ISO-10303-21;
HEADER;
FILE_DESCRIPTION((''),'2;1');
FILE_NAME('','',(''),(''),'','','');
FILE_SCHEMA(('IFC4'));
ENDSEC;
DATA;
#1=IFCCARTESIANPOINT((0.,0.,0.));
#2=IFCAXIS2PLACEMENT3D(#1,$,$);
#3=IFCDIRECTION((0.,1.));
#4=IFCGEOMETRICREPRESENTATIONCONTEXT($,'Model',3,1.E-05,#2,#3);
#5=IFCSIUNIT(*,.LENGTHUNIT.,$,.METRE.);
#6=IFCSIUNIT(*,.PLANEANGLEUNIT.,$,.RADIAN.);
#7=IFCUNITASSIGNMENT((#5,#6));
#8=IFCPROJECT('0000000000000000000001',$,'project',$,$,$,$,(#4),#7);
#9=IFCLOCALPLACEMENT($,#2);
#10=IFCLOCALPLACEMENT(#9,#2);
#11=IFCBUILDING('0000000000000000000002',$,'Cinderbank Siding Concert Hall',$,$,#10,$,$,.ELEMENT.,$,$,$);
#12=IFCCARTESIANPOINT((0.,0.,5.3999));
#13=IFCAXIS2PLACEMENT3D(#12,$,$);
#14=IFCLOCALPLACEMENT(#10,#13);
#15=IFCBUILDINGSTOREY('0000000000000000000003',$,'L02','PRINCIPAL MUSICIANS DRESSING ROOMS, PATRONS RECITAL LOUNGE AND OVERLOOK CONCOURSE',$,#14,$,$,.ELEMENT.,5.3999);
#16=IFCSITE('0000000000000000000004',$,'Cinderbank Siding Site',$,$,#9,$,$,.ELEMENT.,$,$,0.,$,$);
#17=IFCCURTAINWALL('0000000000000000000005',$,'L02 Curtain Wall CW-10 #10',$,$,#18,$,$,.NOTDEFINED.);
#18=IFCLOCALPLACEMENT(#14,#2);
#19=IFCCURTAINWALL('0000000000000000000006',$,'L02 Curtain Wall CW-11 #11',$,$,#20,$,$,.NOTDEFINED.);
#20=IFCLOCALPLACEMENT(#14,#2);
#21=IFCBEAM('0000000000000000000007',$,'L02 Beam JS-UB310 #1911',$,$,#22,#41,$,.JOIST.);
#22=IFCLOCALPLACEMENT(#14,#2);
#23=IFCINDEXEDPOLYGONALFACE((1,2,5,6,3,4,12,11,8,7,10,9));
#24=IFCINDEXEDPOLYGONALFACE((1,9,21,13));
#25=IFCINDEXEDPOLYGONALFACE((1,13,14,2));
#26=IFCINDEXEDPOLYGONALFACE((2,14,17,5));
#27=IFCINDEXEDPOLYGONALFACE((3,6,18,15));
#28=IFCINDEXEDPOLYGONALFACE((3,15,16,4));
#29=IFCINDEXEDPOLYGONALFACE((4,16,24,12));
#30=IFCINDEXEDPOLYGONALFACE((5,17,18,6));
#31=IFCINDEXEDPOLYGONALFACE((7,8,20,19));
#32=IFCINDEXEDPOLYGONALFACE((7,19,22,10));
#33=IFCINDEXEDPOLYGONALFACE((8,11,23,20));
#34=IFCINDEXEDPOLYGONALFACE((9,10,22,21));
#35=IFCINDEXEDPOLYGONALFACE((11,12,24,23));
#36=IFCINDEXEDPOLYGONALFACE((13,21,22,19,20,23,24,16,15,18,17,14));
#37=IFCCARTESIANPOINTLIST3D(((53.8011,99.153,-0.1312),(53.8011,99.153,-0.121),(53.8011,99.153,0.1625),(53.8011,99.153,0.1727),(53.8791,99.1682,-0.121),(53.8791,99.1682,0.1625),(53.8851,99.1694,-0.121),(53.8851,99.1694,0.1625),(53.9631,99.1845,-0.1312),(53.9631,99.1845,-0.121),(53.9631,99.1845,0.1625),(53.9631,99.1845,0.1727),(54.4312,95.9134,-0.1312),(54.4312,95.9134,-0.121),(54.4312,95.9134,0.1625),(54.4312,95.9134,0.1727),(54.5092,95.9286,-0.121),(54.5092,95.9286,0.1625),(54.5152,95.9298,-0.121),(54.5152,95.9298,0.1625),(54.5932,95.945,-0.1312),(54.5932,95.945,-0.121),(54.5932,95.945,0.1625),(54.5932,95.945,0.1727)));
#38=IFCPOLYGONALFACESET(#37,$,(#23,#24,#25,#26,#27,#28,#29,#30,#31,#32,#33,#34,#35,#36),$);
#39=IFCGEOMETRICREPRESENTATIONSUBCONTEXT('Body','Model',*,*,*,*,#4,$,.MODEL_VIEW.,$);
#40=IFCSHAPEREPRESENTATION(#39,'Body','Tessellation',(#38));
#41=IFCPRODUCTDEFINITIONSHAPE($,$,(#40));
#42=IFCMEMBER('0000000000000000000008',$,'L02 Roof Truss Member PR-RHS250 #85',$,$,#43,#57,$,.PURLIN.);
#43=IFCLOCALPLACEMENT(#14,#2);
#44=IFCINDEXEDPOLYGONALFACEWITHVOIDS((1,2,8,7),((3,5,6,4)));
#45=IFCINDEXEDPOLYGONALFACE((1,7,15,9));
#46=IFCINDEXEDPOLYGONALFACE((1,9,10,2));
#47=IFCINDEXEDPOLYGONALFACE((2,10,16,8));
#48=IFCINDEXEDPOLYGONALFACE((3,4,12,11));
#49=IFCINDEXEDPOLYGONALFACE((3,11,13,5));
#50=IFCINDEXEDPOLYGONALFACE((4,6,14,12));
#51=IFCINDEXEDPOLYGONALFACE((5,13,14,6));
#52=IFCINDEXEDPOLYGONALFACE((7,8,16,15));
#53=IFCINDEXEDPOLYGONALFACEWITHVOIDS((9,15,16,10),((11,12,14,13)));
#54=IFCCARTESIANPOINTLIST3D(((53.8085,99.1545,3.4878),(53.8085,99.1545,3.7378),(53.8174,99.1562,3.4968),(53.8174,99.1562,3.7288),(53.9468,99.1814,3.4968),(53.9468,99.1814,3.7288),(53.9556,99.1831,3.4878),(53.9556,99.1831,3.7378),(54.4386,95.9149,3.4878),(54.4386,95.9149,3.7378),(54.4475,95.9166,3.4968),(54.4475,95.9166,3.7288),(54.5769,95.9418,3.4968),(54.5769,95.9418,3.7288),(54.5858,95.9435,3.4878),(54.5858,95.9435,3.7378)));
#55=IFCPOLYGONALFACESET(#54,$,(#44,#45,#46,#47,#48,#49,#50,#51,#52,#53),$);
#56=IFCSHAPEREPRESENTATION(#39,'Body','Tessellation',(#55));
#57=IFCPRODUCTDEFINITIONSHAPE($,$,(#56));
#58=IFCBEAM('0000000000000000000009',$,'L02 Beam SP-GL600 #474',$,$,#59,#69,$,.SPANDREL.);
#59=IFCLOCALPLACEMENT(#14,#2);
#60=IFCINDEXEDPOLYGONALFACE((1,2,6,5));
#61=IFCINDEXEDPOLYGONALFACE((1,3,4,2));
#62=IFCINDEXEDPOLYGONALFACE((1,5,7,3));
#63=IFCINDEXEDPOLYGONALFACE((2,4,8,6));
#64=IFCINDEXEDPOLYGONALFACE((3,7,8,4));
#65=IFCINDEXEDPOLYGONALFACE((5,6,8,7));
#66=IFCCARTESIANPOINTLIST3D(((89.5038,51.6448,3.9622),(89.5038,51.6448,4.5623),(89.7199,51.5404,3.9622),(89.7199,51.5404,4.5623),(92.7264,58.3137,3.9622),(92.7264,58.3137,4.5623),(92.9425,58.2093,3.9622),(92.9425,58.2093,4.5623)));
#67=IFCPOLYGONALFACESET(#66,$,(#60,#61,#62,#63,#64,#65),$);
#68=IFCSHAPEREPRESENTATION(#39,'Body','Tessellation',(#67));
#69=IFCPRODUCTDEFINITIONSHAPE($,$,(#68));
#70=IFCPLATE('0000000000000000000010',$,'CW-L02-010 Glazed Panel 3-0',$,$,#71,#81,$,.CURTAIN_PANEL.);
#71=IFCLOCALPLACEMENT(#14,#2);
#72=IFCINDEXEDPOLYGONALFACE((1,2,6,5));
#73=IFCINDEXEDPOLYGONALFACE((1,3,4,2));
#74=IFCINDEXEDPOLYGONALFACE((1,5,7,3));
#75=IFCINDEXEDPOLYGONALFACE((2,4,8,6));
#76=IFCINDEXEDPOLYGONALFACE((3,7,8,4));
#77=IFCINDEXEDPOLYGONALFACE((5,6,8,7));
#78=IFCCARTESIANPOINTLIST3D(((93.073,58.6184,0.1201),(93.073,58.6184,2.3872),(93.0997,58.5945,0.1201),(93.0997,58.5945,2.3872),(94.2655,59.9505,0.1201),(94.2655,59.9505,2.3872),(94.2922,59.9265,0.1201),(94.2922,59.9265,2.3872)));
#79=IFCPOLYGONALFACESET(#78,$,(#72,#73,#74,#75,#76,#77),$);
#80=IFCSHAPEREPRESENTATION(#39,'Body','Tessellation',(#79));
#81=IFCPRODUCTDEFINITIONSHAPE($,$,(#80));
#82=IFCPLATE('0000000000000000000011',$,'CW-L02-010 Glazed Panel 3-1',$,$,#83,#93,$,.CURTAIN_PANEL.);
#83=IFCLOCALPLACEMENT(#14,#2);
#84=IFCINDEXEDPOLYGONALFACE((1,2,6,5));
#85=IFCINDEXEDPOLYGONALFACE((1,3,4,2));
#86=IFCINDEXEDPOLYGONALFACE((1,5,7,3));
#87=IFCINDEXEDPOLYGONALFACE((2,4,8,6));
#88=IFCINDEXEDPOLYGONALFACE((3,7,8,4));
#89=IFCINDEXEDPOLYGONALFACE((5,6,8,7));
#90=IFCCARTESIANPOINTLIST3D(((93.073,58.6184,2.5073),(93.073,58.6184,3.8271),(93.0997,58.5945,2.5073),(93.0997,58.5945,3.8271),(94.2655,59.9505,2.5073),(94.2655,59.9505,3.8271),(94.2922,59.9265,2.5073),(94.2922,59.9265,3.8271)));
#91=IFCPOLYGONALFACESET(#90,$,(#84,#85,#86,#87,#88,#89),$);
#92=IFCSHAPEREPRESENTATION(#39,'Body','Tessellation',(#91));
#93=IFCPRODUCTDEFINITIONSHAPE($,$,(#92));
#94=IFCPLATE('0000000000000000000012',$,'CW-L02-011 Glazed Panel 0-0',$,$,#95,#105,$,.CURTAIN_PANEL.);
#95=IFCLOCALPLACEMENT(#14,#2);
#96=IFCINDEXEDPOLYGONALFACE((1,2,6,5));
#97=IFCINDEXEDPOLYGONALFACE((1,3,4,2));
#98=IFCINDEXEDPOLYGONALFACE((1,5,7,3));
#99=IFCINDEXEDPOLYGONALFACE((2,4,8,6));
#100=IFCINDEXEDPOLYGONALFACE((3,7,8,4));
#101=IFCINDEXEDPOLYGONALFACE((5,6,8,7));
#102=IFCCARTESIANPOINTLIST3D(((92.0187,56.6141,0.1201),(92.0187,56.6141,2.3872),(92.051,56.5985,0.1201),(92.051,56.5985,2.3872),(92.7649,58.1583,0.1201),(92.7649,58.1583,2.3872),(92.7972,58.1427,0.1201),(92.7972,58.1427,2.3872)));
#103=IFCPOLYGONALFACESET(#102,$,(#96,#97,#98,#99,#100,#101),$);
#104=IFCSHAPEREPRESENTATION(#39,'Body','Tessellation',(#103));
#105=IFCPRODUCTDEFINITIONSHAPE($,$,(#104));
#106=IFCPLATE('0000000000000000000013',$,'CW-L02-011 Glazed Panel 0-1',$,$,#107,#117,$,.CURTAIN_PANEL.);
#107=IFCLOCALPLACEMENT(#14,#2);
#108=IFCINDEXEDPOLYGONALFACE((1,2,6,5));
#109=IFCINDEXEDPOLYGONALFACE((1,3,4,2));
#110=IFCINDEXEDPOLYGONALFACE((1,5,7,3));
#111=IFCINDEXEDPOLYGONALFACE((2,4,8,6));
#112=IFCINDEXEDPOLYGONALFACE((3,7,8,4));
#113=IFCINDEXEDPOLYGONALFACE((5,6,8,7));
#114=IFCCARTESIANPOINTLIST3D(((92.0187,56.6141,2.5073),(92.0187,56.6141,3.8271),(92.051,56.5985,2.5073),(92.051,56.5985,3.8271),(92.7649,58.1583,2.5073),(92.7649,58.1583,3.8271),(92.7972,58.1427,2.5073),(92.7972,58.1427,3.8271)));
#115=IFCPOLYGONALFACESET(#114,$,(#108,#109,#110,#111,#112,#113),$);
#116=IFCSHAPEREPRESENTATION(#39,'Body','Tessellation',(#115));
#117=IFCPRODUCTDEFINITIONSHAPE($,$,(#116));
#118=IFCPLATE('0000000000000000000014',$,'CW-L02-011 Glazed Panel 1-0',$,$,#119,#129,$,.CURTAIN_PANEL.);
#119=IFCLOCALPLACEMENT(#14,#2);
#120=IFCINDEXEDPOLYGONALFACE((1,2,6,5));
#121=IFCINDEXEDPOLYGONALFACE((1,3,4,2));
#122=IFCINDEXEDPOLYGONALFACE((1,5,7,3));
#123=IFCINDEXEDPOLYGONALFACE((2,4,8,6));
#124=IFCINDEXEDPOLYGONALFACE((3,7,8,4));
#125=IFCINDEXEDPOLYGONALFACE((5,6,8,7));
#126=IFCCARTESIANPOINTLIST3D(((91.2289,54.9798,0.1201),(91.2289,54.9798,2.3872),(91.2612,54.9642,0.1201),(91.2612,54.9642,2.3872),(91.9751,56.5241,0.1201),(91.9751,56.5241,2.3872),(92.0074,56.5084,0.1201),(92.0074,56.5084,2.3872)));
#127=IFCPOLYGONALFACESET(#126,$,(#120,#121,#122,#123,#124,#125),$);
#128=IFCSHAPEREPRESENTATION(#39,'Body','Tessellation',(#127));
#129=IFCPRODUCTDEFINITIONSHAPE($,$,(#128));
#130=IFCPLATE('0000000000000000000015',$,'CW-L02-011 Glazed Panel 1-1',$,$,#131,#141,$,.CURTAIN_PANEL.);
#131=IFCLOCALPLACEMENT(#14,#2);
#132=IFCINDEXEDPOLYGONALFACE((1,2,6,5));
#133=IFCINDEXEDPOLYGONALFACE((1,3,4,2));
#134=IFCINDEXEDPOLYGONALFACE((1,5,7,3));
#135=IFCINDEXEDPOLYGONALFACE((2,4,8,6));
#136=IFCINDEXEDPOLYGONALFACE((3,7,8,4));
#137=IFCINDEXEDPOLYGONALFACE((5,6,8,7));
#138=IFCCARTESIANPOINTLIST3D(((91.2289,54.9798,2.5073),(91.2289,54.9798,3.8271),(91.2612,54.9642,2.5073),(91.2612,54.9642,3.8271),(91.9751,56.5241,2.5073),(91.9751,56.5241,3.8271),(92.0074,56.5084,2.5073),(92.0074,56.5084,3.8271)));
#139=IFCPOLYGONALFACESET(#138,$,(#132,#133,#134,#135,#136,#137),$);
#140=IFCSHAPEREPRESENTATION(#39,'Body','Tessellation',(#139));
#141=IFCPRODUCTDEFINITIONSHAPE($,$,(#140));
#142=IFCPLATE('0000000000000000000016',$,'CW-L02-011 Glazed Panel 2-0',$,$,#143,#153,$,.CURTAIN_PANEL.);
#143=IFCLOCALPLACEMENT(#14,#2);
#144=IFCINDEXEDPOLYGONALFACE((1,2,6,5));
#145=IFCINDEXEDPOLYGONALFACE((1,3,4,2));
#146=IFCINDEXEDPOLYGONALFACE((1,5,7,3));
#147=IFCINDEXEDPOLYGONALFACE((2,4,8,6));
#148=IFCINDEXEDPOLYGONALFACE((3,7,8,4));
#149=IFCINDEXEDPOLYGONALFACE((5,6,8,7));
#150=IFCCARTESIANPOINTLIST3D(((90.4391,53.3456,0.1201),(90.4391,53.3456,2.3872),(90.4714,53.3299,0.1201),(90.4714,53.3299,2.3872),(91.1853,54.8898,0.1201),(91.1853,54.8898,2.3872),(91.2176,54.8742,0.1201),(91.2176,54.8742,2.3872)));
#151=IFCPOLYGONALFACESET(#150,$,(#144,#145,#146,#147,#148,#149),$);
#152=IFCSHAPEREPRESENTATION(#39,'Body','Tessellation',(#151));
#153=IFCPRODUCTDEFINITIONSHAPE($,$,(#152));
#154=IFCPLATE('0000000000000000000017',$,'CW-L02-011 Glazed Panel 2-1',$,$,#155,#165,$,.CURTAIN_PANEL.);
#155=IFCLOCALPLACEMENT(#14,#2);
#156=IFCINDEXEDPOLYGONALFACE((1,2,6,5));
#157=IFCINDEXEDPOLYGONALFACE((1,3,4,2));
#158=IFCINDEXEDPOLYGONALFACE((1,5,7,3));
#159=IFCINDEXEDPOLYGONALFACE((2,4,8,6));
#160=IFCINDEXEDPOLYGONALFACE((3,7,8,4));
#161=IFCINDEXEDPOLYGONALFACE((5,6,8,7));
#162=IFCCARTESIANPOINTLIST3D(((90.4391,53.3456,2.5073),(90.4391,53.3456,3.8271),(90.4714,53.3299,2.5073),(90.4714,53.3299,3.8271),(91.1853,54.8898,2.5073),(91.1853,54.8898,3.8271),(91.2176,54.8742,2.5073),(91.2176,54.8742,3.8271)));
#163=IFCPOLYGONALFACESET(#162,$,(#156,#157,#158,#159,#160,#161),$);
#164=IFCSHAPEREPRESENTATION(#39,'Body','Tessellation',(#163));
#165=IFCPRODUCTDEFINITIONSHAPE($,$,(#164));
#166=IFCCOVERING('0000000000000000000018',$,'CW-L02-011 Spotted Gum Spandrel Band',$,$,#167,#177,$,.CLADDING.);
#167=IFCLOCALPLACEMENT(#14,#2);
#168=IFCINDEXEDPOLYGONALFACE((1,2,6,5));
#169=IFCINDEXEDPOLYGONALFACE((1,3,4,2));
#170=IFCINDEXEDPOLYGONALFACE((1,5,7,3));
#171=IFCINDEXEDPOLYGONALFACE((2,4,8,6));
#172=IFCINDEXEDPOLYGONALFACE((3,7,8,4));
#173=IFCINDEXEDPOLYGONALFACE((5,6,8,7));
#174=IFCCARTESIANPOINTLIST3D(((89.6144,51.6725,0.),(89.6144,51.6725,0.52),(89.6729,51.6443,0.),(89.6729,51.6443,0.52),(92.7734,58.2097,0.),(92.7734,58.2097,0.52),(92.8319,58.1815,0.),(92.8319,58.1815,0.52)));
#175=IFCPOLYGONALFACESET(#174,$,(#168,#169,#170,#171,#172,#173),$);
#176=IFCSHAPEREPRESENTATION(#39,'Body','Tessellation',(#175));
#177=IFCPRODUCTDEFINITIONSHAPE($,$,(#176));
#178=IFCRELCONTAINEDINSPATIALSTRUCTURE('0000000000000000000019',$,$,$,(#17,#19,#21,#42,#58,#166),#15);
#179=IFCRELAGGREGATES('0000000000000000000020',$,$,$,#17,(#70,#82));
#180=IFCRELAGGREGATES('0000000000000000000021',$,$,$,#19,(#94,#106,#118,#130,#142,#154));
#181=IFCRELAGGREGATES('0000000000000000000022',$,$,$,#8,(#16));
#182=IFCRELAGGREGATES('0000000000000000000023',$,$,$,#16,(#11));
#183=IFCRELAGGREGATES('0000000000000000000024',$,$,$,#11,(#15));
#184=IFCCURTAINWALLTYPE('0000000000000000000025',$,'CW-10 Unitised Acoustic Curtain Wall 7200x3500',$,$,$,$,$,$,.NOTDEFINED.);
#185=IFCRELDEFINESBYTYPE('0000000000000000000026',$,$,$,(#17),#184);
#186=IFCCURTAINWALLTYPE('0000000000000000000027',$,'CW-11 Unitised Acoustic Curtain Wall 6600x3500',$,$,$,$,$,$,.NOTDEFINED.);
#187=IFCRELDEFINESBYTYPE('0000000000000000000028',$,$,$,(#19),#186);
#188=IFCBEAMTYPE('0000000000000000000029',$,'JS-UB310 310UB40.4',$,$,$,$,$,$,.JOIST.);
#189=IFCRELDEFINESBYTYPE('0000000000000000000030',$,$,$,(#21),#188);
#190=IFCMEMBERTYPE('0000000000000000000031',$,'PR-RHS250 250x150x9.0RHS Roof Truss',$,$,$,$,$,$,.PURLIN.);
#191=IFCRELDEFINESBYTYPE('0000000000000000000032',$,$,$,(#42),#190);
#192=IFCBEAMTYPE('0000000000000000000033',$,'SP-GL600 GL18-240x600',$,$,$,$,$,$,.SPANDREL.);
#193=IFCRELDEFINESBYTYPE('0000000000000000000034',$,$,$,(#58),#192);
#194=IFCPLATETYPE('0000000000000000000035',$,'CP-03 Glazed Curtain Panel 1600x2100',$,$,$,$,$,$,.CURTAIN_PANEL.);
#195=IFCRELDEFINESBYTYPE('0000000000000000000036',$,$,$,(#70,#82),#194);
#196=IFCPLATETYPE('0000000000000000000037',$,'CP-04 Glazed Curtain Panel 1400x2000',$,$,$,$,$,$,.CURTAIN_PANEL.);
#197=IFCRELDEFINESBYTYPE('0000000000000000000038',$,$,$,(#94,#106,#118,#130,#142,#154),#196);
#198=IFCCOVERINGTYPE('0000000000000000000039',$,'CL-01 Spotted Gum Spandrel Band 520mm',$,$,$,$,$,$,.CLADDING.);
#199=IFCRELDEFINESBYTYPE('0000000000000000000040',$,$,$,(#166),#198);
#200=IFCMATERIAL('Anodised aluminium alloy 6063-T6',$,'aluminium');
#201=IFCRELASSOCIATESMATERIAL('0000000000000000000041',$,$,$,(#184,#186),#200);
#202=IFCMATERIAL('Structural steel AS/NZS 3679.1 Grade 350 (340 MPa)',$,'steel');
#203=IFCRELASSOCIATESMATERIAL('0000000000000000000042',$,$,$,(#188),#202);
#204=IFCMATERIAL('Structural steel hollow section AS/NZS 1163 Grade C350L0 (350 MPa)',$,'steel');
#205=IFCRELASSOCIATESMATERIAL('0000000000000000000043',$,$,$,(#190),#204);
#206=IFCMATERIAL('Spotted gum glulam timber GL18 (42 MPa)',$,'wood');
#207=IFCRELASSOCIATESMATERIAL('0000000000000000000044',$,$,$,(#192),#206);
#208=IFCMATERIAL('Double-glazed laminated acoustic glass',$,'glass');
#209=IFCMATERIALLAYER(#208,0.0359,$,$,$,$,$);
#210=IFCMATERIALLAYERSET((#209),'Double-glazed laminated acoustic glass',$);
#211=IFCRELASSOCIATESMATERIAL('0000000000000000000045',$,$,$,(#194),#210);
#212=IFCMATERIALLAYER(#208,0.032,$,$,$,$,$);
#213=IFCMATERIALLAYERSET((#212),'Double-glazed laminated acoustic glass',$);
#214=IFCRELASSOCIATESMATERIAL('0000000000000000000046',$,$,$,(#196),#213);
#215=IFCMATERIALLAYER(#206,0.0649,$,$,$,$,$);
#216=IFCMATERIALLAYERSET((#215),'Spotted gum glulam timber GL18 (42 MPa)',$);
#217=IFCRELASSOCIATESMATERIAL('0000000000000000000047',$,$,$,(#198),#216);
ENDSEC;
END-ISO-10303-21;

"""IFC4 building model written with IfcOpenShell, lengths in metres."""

from ifc_helpers import new_model, si_unit, direction, frame, origin, origin_2d, place, context, subcontext, project, spatial, rectangle, hollow_rectangle, i_section, extrude, material, layer, layer_set, material_profile, profile_set, type_object, element, aggregate, save


model = new_model("IFC4")

# Units and contexts
model_context = context("Model", 3, precision=1e-05, world=origin(), true_north=direction((0.0, 1.0)))
body_context = subcontext(model_context, "Body", "Model", "MODEL_VIEW")
ifc_project = project(units=[si_unit("LENGTHUNIT", "METRE"), si_unit("PLANEANGLEUNIT", "RADIAN")], contexts=[model_context])

# Site, building, storey
site_placement = place(None, origin())
site = spatial("IfcSite", under=ifc_project, at=site_placement, Name="Cinderbank Siding Site", CompositionType="ELEMENT", RefElevation=0.0)
building_placement = place(site_placement, origin())
building = spatial("IfcBuilding", under=site, at=building_placement, Name="Cinderbank Siding Concert Hall", CompositionType="ELEMENT")
storey_placement = place(building_placement, frame((0.0, 0.0, 5.3999)))
storey = spatial("IfcBuildingStorey", under=building, at=storey_placement, Name="L02", Description="PRINCIPAL MUSICIANS DRESSING ROOMS, PATRONS RECITAL LOUNGE AND OVERLOOK CONCOURSE", CompositionType="ELEMENT", Elevation=5.3999)

# Shared definitions
ifc_material_1 = material(Name="Structural steel hollow section AS/NZS 1163 Grade C350L0 (350 MPa)", Category="steel")

# Curtain walls
ifc_material_2 = material(Name="Anodised aluminium alloy 6063-T6", Category="aluminium")
curtain_wall_type_1 = type_object("IfcCurtainWallType", Name="CW-10 Unitised Acoustic Curtain Wall 7200x3500", PredefinedType="NOTDEFINED", material=ifc_material_2)
curtain_wall_1_placement = place(storey_placement, origin())
curtain_wall_1 = element("IfcCurtainWall", 1, at=curtain_wall_1_placement, inside=storey, type_object=curtain_wall_type_1, Name="L02 Curtain Wall CW-10 #10", PredefinedType="NOTDEFINED")
curtain_wall_type_2 = type_object("IfcCurtainWallType", Name="CW-11 Unitised Acoustic Curtain Wall 6600x3500", PredefinedType="NOTDEFINED", material=ifc_material_2)
curtain_wall_2_placement = place(storey_placement, origin())
curtain_wall_2 = element("IfcCurtainWall", 2, at=curtain_wall_2_placement, inside=storey, type_object=curtain_wall_type_2, Name="L02 Curtain Wall CW-11 #11", PredefinedType="NOTDEFINED")

# Beam
ifc_material_3 = material(Name="Structural steel AS/NZS 3679.1 Grade 350 (340 MPa)", Category="steel")
ifc_material_profile_1 = material_profile(ifc_material_3, i_section(OverallWidth=0.165, OverallDepth=0.304, WebThickness=0.0061, FlangeThickness=0.0103, at=origin_2d()), Name="310UB40.4", Category="LoadBearing")
ifc_profile_set_1 = profile_set([ifc_material_profile_1], Name="Structural steel AS/NZS 3679.1 Grade 350 (340 MPa)")
beam_type_1 = type_object("IfcBeamType", Name="JS-UB310 310UB40.4", PredefinedType="JOIST", material=ifc_profile_set_1)
beam_1_placement = place(storey_placement, frame((54.5122, 95.9292, 0.0208), z_axis=(-0.190935, 0.981603, 0.0), x_axis=(-0.981603, -0.190935, 0.0)))
element("IfcBeam", 3, at=beam_1_placement, inside=storey, type_object=beam_type_1, Name="L02 Beam JS-UB310 #1911", PredefinedType="JOIST", context=body_context, shape_type="SweptSolid", body=[
    extrude(i_section(OverallWidth=0.165, OverallDepth=0.304, WebThickness=0.0061, FlangeThickness=0.0103, at=origin_2d()), origin(), (0.0, 0.0, 1.0), 3.3003),
])

# Member
ifc_material_profile_2 = material_profile(ifc_material_1, hollow_rectangle(XDim=0.1499, YDim=0.25, WallThickness=0.009, at=origin_2d()), Name="250x150x9.0RHS", Category="LoadBearing")
ifc_profile_set_2 = profile_set([ifc_material_profile_2], Name="Structural steel hollow section AS/NZS 1163 Grade C350L0 (350 MPa)")
member_type_1 = type_object("IfcMemberType", Name="PR-RHS250 250x150x9.0RHS Roof Truss", PredefinedType="PURLIN", material=ifc_profile_set_2)
member_1_placement = place(storey_placement, frame((54.5122, 95.9292, 3.6128), z_axis=(-0.190935, 0.981603, 0.0), x_axis=(-0.981603, -0.190935, 0.0)))
element("IfcMember", 4, at=member_1_placement, inside=storey, type_object=member_type_1, Name="L02 Roof Truss Member PR-RHS250 #85", PredefinedType="PURLIN", context=body_context, shape_type="SweptSolid", body=[
    extrude(hollow_rectangle(XDim=0.1499, YDim=0.25, WallThickness=0.009, at=origin_2d()), origin(), (0.0, 0.0, 1.0), 3.3003),
])

# Beam
ifc_material_4 = material(Name="Spotted gum glulam timber GL18 (42 MPa)", Category="wood")
ifc_material_profile_3 = material_profile(ifc_material_4, rectangle(XDim=0.24, YDim=0.6001, at=origin_2d()), Name="GL18-240x600", Category="LoadBearing")
ifc_profile_set_3 = profile_set([ifc_material_profile_3], Name="Spotted gum glulam timber GL18 (42 MPa)")
beam_type_2 = type_object("IfcBeamType", Name="SP-GL600 GL18-240x600", PredefinedType="SPANDREL", material=ifc_profile_set_3)
beam_2_placement = place(storey_placement, frame((92.8345, 58.2615, 4.2622), z_axis=(-0.435096, -0.900384, 0.0), x_axis=(0.900384, -0.435096, 0.0)))
element("IfcBeam", 5, at=beam_2_placement, inside=storey, type_object=beam_type_2, Name="L02 Beam SP-GL600 #474", PredefinedType="SPANDREL", context=body_context, shape_type="SweptSolid", body=[
    extrude(rectangle(XDim=0.24, YDim=0.6001, at=origin_2d()), origin(), (0.0, 0.0, 1.0), 7.4067),
])

# Plates
ifc_material_5 = material(Name="Double-glazed laminated acoustic glass", Category="glass")
ifc_layer_1 = layer(ifc_material_5, 0.0359)
ifc_layer_set_1 = layer_set([ifc_layer_1], Name="Double-glazed laminated acoustic glass")
plate_type_1 = type_object("IfcPlateType", Name="CP-03 Glazed Curtain Panel 1600x2100", PredefinedType="CURTAIN_PANEL", material=ifc_layer_set_1)
plate_1_placement = place(storey_placement, frame((93.6826, 59.2725, 0.1201), z_axis=(0.0, 0.0, 1.0), x_axis=(-0.666993, -0.745064, 0.0)))
plate_1 = element("IfcPlate", 6, at=plate_1_placement, type_object=plate_type_1, Name="CW-L02-010 Glazed Panel 3-0", PredefinedType="CURTAIN_PANEL", context=body_context, shape_type="SweptSolid", body=[
    extrude(rectangle(XDim=1.7878, YDim=0.0359, at=origin_2d()), origin(), (0.0, 0.0, 1.0), 2.2671),
])
plate_2_placement = place(storey_placement, frame((93.6826, 59.2725, 2.5073), z_axis=(0.0, 0.0, 1.0), x_axis=(-0.666993, -0.745064, 0.0)))
plate_2 = element("IfcPlate", 7, at=plate_2_placement, type_object=plate_type_1, Name="CW-L02-010 Glazed Panel 3-1", PredefinedType="CURTAIN_PANEL", context=body_context, shape_type="SweptSolid", body=[
    extrude(rectangle(XDim=1.7878, YDim=0.0359, at=origin_2d()), origin(), (0.0, 0.0, 1.0), 1.3198),
])
aggregate(curtain_wall_1, [plate_1, plate_2])
ifc_layer_2 = layer(ifc_material_5, 0.032)
ifc_layer_set_2 = layer_set([ifc_layer_2], Name="Double-glazed laminated acoustic glass")
plate_type_2 = type_object("IfcPlateType", Name="CP-04 Glazed Curtain Panel 1400x2000", PredefinedType="CURTAIN_PANEL", material=ifc_layer_set_2)
plate_3_placement = place(storey_placement, frame((92.408, 57.3784, 0.1201), z_axis=(0.0, 0.0, 1.0), x_axis=(-0.435102, -0.900381, 0.0)))
plate_3 = element("IfcPlate", 8, at=plate_3_placement, type_object=plate_type_2, Name="CW-L02-011 Glazed Panel 0-0", PredefinedType="CURTAIN_PANEL", context=body_context, shape_type="SweptSolid", body=[
    extrude(rectangle(XDim=1.7151, YDim=0.0359, at=origin_2d()), origin(), (0.0, 0.0, 1.0), 2.2671),
])
plate_4_placement = place(storey_placement, frame((92.408, 57.3784, 2.5073), z_axis=(0.0, 0.0, 1.0), x_axis=(-0.435102, -0.900381, 0.0)))
plate_4 = element("IfcPlate", 9, at=plate_4_placement, type_object=plate_type_2, Name="CW-L02-011 Glazed Panel 0-1", PredefinedType="CURTAIN_PANEL", context=body_context, shape_type="SweptSolid", body=[
    extrude(rectangle(XDim=1.7151, YDim=0.0359, at=origin_2d()), origin(), (0.0, 0.0, 1.0), 1.3198),
])
plate_5_placement = place(storey_placement, frame((91.6182, 55.7441, 0.1201), z_axis=(0.0, 0.0, 1.0), x_axis=(-0.435102, -0.900381, 0.0)))
plate_5 = element("IfcPlate", 10, at=plate_5_placement, type_object=plate_type_2, Name="CW-L02-011 Glazed Panel 1-0", PredefinedType="CURTAIN_PANEL", context=body_context, shape_type="SweptSolid", body=[
    extrude(rectangle(XDim=1.7151, YDim=0.0359, at=origin_2d()), origin(), (0.0, 0.0, 1.0), 2.2671),
])
plate_6_placement = place(storey_placement, frame((91.6182, 55.7441, 2.5073), z_axis=(0.0, 0.0, 1.0), x_axis=(-0.435102, -0.900381, 0.0)))
plate_6 = element("IfcPlate", 11, at=plate_6_placement, type_object=plate_type_2, Name="CW-L02-011 Glazed Panel 1-1", PredefinedType="CURTAIN_PANEL", context=body_context, shape_type="SweptSolid", body=[
    extrude(rectangle(XDim=1.7151, YDim=0.0359, at=origin_2d()), origin(), (0.0, 0.0, 1.0), 1.3198),
])
plate_7_placement = place(storey_placement, frame((90.8284, 54.1099, 0.1201), z_axis=(0.0, 0.0, 1.0), x_axis=(-0.435102, -0.900381, 0.0)))
plate_7 = element("IfcPlate", 12, at=plate_7_placement, type_object=plate_type_2, Name="CW-L02-011 Glazed Panel 2-0", PredefinedType="CURTAIN_PANEL", context=body_context, shape_type="SweptSolid", body=[
    extrude(rectangle(XDim=1.7151, YDim=0.0359, at=origin_2d()), origin(), (0.0, 0.0, 1.0), 2.2671),
])
plate_8_placement = place(storey_placement, frame((90.8284, 54.1099, 2.5073), z_axis=(0.0, 0.0, 1.0), x_axis=(-0.435102, -0.900381, 0.0)))
plate_8 = element("IfcPlate", 13, at=plate_8_placement, type_object=plate_type_2, Name="CW-L02-011 Glazed Panel 2-1", PredefinedType="CURTAIN_PANEL", context=body_context, shape_type="SweptSolid", body=[
    extrude(rectangle(XDim=1.7151, YDim=0.0359, at=origin_2d()), origin(), (0.0, 0.0, 1.0), 1.3198),
])
aggregate(curtain_wall_2, [plate_3, plate_4, plate_5, plate_6, plate_7, plate_8])

# Covering
ifc_layer_3 = layer(ifc_material_4, 0.0649)
ifc_layer_set_3 = layer_set([ifc_layer_3], Name="Spotted gum glulam timber GL18 (42 MPa)")
covering_type = type_object("IfcCoveringType", Name="CL-01 Spotted Gum Spandrel Band 520mm", PredefinedType="CLADDING", material=ifc_layer_set_3)
covering_placement = place(storey_placement, frame((91.2231, 54.927, 0.0), z_axis=(0.0, 0.0, 1.0), x_axis=(-0.435102, -0.900381, 0.0)))
element("IfcCovering", 14, at=covering_placement, inside=storey, type_object=covering_type, Name="CW-L02-011 Spotted Gum Spandrel Band", PredefinedType="CLADDING", context=body_context, shape_type="SweptSolid", body=[
    extrude(rectangle(XDim=7.2605, YDim=0.0649, at=origin_2d()), origin(), (0.0, 0.0, 1.0), 0.52),
])

save(model, "model.ifc")
